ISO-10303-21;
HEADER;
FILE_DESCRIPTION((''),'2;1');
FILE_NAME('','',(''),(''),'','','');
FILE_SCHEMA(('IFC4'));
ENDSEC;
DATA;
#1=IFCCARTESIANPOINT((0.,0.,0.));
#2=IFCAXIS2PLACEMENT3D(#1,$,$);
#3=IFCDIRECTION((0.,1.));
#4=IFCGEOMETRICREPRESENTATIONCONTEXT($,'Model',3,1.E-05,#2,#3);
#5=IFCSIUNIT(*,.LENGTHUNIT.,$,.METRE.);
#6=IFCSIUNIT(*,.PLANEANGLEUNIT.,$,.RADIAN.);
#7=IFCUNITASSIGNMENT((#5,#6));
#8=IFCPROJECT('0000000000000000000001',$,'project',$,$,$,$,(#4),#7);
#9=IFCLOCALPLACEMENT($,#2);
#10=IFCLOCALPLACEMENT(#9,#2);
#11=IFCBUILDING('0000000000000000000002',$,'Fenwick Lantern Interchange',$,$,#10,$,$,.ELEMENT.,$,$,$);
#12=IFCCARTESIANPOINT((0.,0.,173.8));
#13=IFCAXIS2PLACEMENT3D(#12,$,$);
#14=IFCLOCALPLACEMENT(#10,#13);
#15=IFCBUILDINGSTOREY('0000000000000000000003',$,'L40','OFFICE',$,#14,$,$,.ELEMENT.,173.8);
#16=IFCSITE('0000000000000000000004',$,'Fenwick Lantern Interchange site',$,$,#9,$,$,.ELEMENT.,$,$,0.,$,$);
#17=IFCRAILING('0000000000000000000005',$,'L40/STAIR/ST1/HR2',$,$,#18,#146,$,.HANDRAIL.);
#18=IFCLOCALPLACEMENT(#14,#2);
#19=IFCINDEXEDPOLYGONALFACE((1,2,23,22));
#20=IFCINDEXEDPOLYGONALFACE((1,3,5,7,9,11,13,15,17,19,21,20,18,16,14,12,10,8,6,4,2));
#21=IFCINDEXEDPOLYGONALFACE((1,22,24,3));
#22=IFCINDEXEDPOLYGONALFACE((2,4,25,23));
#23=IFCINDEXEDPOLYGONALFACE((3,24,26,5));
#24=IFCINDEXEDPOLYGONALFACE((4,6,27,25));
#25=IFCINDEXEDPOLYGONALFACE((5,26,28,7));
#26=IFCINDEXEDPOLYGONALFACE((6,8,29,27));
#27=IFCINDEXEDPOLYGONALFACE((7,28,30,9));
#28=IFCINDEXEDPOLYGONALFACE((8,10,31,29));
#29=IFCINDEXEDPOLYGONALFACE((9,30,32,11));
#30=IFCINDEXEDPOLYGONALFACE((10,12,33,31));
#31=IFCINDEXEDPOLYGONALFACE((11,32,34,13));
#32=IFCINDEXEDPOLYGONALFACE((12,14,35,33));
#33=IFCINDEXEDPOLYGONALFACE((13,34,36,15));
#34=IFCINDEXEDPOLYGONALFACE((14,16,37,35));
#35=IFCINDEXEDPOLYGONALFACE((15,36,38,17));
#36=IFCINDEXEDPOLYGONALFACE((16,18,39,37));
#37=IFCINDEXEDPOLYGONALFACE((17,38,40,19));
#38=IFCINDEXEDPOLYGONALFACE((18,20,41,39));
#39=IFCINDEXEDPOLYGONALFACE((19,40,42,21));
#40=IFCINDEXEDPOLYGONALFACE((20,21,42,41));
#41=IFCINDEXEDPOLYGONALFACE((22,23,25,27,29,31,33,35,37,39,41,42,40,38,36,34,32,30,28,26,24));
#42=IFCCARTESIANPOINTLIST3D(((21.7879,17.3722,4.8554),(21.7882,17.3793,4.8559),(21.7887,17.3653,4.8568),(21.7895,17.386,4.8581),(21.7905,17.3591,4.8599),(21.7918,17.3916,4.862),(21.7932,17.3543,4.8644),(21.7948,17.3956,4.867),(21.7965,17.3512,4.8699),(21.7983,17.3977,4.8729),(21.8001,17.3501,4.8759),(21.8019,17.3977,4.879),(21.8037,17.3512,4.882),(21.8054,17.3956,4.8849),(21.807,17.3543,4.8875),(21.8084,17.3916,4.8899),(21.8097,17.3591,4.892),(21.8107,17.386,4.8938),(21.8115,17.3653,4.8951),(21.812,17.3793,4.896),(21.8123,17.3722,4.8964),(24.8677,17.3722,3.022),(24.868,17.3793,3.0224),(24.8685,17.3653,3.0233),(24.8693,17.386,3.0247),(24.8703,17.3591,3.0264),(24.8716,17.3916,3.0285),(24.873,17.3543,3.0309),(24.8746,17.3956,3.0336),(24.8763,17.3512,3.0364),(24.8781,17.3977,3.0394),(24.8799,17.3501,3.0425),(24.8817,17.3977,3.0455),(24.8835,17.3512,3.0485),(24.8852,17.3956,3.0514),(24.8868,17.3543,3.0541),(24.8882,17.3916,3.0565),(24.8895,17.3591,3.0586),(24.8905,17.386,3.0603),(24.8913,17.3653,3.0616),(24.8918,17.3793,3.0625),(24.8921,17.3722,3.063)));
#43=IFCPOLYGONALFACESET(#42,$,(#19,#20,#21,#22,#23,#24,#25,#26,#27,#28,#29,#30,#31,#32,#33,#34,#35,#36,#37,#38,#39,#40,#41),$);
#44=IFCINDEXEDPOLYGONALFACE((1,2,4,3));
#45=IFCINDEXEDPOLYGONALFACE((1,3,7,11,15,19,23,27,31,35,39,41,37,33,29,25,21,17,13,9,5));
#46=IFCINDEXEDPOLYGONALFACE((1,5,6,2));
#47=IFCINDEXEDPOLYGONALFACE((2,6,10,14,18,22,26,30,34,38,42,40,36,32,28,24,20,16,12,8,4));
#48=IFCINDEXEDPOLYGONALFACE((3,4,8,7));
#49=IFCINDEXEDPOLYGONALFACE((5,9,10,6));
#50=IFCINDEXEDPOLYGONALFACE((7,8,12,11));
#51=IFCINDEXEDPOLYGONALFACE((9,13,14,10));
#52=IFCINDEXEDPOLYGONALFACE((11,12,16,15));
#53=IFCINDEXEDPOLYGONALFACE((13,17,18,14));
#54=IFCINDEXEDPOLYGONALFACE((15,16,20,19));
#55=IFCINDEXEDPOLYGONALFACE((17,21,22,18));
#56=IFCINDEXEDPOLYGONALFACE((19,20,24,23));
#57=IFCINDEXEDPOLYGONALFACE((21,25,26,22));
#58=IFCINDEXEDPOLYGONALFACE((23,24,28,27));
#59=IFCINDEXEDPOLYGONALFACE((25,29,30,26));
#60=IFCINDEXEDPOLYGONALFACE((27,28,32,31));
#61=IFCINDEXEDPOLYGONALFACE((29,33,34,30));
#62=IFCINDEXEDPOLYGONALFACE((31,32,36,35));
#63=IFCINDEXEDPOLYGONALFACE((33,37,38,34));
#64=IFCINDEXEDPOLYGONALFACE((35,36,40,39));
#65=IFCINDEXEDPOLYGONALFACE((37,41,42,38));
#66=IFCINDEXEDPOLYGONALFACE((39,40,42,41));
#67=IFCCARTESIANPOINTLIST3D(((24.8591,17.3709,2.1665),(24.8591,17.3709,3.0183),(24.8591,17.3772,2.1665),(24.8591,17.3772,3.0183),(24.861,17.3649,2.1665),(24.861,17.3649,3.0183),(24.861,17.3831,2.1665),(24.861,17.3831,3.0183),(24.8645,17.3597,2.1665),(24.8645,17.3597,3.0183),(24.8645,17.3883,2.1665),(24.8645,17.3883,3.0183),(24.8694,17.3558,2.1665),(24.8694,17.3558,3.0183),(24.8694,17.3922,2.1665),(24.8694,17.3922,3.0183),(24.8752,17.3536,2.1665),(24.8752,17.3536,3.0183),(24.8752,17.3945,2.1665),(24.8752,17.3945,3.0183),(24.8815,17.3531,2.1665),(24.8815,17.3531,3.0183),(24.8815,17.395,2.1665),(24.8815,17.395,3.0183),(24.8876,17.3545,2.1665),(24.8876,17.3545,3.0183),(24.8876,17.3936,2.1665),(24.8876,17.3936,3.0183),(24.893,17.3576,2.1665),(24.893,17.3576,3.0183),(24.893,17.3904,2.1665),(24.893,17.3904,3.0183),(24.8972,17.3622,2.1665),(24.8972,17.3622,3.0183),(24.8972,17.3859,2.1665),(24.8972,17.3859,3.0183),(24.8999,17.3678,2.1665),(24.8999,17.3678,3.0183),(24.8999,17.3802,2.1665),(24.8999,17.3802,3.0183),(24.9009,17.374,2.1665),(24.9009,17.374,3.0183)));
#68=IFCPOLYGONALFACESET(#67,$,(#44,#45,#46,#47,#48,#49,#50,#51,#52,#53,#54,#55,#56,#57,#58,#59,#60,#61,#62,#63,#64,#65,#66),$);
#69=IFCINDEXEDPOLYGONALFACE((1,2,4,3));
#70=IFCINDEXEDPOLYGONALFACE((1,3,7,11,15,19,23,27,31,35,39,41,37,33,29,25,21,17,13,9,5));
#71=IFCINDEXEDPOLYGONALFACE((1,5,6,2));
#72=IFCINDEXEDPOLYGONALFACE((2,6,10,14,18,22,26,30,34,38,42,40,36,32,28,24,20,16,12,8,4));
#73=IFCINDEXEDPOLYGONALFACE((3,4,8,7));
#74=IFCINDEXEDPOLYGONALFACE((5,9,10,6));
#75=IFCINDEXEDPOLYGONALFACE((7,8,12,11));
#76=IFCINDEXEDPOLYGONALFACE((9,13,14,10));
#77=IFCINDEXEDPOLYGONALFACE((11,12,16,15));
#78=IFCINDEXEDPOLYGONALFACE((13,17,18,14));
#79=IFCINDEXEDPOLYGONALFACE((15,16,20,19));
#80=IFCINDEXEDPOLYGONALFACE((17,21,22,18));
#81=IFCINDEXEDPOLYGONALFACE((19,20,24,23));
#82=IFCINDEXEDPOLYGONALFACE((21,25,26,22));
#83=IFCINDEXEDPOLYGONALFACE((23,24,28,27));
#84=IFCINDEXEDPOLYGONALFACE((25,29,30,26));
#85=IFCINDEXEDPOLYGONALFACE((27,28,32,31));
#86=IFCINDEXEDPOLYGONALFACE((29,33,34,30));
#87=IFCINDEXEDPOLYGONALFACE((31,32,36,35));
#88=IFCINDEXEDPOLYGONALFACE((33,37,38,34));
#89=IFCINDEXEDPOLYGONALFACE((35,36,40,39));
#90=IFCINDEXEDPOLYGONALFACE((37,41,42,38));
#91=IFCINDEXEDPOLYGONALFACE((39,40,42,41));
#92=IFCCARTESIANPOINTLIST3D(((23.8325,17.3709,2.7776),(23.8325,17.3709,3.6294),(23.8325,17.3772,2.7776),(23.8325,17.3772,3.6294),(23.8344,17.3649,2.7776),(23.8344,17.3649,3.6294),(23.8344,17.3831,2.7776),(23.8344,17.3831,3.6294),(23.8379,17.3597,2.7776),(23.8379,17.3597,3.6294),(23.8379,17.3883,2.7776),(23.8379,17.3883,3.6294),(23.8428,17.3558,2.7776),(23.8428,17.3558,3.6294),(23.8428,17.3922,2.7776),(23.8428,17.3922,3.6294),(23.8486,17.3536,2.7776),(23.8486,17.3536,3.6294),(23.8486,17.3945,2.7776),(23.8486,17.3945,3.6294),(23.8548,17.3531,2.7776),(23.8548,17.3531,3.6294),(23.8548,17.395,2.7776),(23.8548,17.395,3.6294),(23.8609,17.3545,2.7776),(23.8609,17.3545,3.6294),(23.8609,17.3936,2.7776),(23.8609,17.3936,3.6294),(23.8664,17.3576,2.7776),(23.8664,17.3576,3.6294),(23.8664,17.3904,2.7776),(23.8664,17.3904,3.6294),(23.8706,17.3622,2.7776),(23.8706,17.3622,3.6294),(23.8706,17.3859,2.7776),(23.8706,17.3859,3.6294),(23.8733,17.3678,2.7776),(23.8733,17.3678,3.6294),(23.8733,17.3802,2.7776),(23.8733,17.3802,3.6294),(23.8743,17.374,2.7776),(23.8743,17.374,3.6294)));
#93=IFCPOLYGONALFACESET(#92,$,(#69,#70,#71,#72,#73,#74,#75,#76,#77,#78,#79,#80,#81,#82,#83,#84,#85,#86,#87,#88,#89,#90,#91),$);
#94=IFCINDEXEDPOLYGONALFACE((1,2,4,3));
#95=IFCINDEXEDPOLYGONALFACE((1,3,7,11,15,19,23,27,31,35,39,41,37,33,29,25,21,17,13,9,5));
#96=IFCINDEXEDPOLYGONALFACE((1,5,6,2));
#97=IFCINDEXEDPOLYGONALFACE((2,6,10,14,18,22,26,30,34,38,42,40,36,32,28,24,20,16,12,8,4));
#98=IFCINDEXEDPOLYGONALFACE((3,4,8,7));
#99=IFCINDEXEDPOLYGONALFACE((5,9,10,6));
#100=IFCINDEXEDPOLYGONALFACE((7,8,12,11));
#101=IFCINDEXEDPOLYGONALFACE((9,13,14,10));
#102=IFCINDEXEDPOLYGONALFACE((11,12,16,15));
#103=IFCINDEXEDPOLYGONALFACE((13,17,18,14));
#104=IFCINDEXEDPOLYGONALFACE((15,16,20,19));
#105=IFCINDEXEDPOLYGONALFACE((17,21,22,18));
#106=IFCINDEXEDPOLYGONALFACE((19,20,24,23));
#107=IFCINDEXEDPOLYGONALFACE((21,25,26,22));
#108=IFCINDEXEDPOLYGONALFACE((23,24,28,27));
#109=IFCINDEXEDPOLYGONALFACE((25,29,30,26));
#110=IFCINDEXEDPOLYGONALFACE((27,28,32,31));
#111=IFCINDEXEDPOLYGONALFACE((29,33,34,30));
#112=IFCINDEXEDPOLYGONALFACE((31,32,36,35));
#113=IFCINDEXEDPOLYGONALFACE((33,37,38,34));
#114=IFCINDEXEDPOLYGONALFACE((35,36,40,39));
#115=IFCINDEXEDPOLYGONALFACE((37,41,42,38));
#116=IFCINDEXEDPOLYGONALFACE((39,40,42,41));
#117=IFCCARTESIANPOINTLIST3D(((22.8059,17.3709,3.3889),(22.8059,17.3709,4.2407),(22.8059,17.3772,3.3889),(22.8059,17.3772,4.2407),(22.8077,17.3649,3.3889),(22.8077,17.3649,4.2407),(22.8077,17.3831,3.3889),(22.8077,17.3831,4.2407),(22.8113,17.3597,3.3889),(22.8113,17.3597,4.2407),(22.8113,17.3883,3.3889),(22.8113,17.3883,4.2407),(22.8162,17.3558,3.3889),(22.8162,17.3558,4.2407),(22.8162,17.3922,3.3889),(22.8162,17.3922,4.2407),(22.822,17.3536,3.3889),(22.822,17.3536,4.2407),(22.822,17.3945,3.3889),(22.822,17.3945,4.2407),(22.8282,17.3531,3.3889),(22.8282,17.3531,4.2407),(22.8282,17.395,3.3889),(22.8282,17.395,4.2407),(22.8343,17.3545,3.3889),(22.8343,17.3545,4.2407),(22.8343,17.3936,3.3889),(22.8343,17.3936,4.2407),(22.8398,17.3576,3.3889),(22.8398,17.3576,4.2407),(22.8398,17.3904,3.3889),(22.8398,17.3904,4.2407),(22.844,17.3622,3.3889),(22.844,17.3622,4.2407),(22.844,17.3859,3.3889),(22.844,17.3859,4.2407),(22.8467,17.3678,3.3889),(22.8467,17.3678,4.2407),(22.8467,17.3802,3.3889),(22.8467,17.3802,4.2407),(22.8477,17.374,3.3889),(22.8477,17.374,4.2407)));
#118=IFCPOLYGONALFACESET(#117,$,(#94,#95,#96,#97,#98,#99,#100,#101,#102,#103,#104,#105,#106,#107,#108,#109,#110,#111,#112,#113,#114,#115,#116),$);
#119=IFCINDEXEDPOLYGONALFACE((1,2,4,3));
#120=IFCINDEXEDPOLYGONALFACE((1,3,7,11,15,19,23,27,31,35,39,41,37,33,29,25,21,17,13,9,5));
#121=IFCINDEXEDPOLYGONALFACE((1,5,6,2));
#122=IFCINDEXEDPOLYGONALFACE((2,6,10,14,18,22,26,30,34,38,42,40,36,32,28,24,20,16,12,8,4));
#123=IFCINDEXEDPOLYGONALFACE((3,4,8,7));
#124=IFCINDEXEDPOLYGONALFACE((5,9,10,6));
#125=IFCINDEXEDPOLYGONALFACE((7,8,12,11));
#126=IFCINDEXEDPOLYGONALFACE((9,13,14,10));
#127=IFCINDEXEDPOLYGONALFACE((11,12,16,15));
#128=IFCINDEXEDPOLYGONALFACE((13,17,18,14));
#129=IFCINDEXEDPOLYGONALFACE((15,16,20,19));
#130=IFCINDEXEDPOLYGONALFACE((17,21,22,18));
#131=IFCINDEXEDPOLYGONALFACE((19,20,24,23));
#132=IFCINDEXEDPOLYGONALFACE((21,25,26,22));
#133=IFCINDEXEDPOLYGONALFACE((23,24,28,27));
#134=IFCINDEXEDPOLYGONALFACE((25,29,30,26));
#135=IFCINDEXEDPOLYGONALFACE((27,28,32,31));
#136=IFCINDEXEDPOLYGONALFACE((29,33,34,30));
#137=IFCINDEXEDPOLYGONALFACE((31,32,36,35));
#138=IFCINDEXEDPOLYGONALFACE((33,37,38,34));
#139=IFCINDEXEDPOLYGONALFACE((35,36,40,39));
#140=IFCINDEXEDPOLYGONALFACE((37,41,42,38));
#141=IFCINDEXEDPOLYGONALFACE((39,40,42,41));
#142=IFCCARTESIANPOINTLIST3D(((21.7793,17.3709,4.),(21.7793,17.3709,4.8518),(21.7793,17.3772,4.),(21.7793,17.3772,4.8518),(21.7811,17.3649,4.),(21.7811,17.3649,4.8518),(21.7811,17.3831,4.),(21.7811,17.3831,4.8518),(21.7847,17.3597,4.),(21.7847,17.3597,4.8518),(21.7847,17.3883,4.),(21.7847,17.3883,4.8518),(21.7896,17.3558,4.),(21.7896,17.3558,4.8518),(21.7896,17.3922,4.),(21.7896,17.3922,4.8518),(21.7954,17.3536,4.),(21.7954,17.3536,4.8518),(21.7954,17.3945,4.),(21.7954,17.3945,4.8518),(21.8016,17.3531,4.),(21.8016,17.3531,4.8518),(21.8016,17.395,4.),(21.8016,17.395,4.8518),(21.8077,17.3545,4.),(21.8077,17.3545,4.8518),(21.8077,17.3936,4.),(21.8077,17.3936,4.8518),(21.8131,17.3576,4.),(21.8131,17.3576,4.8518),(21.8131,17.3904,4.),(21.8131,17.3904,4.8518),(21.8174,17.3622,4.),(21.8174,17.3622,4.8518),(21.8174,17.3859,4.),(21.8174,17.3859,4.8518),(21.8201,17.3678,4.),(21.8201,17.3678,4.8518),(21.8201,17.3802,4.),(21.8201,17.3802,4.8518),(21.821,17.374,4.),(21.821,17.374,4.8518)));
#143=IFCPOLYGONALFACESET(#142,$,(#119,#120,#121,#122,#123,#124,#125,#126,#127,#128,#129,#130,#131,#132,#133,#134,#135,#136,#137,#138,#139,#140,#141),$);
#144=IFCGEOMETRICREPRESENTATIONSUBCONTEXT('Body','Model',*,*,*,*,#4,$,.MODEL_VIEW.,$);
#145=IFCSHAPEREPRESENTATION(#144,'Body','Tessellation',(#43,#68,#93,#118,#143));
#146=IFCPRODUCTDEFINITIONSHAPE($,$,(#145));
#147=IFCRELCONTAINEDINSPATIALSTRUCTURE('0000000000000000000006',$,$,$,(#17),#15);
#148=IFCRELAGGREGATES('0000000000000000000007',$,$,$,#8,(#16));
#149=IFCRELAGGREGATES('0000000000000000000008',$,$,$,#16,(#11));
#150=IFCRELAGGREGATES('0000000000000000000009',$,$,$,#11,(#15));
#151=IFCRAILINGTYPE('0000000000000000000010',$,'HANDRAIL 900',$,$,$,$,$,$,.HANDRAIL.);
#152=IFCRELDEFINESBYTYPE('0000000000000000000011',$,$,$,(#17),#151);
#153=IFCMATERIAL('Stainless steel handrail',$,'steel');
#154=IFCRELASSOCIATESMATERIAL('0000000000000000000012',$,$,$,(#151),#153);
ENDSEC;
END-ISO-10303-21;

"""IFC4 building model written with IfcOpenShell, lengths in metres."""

from ifc_helpers import new_model, si_unit, direction, frame, origin, origin_2d, place, context, subcontext, project, spatial, circle, extrude, material, type_object, element, save


model = new_model("IFC4")

# Units and contexts
model_context = context("Model", 3, precision=1e-05, world=origin(), true_north=direction((0.0, 1.0)))
body_context = subcontext(model_context, "Body", "Model", "MODEL_VIEW")
ifc_project = project(units=[si_unit("LENGTHUNIT", "METRE"), si_unit("PLANEANGLEUNIT", "RADIAN")], contexts=[model_context])

# Site, building, storey
site_placement = place(None, origin())
site = spatial("IfcSite", under=ifc_project, at=site_placement, Name="Fenwick Lantern Interchange site", CompositionType="ELEMENT", RefElevation=0.0)
building_placement = place(site_placement, origin())
building = spatial("IfcBuilding", under=site, at=building_placement, Name="Fenwick Lantern Interchange", CompositionType="ELEMENT")
storey_placement = place(building_placement, frame((0.0, 0.0, 173.8)))
storey = spatial("IfcBuildingStorey", under=building, at=storey_placement, Name="L40", Description="OFFICE", CompositionType="ELEMENT", Elevation=173.8)

# Railing
ifc_material_1 = material(Name="Stainless steel handrail", Category="steel")
railing_type = type_object("IfcRailingType", Name="HANDRAIL 900", PredefinedType="HANDRAIL", material=ifc_material_1)
railing_1_placement = place(storey_placement, frame((24.8799, 17.374, 2.1665)))
element("IfcRailing", 1, at=railing_1_placement, inside=storey, type_object=railing_type, Name="L40/STAIR/ST1/HR2", PredefinedType="HANDRAIL", context=body_context, shape_type="SweptSolid", body=[
    extrude(circle(Radius=0.0239, at=origin_2d()), frame((0.0, 0.0, 0.876), z_axis=(-0.859261, 0.0, 0.511538), x_axis=(0.0, -1.0, 0.0)), (0.0, 0.0, 1.0), 3.5842),
    extrude(circle(Radius=0.021, at=origin_2d()), origin(), (0.0, 0.0, 1.0), 0.8518),
    extrude(circle(Radius=0.021, at=origin_2d()), frame((-1.0266, 0.0, 0.6111)), (0.0, 0.0, 1.0), 0.8518),
    extrude(circle(Radius=0.021, at=origin_2d()), frame((-2.0532, 0.0, 1.2224)), (0.0, 0.0, 1.0), 0.8518),
    extrude(circle(Radius=0.021, at=origin_2d()), frame((-3.0798, 0.0, 1.8335)), (0.0, 0.0, 1.0), 0.8518),
])

save(model, "model.ifc")
